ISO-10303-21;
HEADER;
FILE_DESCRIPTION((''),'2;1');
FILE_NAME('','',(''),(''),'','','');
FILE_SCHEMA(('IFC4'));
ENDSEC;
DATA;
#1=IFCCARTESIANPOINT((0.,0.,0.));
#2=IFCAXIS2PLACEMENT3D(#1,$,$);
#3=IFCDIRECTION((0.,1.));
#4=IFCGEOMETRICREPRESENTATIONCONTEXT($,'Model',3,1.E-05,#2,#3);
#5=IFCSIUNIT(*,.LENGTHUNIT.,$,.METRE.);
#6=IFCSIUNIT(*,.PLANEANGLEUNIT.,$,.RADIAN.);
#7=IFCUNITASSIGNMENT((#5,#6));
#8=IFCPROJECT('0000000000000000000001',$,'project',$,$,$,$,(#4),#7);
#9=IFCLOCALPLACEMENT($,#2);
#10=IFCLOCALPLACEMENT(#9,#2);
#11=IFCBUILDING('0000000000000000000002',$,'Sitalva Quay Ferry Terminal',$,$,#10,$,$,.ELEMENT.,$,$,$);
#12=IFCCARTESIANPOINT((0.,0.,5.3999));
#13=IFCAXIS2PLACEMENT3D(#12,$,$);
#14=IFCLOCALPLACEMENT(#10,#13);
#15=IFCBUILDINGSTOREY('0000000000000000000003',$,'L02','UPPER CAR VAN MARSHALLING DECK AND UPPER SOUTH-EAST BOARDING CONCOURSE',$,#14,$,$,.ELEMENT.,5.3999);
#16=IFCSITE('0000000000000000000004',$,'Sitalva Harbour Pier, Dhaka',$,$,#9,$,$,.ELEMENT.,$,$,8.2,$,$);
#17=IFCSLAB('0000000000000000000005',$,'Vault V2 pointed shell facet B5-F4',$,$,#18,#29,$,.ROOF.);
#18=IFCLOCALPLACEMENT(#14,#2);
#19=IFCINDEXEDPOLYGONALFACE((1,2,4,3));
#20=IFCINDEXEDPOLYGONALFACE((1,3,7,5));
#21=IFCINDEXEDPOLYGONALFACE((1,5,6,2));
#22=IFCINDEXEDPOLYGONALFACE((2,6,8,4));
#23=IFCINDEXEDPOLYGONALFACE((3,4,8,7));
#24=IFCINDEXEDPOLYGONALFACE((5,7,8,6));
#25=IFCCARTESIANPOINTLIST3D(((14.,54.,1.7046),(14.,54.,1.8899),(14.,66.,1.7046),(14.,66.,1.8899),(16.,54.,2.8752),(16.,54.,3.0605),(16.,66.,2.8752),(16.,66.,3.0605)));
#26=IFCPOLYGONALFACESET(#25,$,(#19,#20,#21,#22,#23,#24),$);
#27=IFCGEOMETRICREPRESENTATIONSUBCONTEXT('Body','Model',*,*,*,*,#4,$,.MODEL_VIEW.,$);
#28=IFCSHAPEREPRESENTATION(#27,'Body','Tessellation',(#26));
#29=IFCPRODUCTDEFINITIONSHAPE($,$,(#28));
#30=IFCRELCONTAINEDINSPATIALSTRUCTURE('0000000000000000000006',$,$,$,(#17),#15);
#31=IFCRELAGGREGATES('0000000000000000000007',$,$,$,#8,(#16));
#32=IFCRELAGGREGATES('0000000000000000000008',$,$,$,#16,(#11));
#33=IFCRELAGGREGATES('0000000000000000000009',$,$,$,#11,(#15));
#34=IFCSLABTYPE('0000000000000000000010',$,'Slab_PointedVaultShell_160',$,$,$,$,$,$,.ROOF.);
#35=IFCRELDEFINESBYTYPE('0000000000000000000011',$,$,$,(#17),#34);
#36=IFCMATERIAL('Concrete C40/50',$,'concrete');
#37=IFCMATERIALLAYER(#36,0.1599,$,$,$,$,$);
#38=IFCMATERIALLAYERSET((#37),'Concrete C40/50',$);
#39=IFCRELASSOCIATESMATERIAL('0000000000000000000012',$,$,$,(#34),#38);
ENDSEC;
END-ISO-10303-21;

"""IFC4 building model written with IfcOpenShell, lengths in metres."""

from ifc_helpers import new_model, si_unit, direction, frame, origin, place, context, subcontext, project, spatial, polyline, outline, extrude, material, layer, layer_set, type_object, element, save


model = new_model("IFC4")

# Units and contexts
model_context = context("Model", 3, precision=1e-05, world=origin(), true_north=direction((0.0, 1.0)))
body_context = subcontext(model_context, "Body", "Model", "MODEL_VIEW")
ifc_project = project(units=[si_unit("LENGTHUNIT", "METRE"), si_unit("PLANEANGLEUNIT", "RADIAN")], contexts=[model_context])

# Site, building, storey
site_placement = place(None, origin())
site = spatial("IfcSite", under=ifc_project, at=site_placement, Name="Sitalva Harbour Pier, Dhaka", CompositionType="ELEMENT", RefElevation=8.2)
building_placement = place(site_placement, origin())
building = spatial("IfcBuilding", under=site, at=building_placement, Name="Sitalva Quay Ferry Terminal", CompositionType="ELEMENT")
storey_placement = place(building_placement, frame((0.0, 0.0, 5.3999)))
storey = spatial("IfcBuildingStorey", under=building, at=storey_placement, Name="L02", Description="UPPER CAR VAN MARSHALLING DECK AND UPPER SOUTH-EAST BOARDING CONCOURSE", CompositionType="ELEMENT", Elevation=5.3999)

# Slab
ifc_material_1 = material(Name="Concrete C40/50", Category="concrete")
ifc_layer_1 = layer(ifc_material_1, 0.1599)
ifc_layer_set_1 = layer_set([ifc_layer_1], Name="Concrete C40/50")
slab_type = type_object("IfcSlabType", Name="Slab_PointedVaultShell_160", PredefinedType="ROOF", material=ifc_layer_set_1)
slab_1_placement = place(storey_placement, frame((14.0, 54.0, 1.8899), z_axis=(-0.505154, 0.0, 0.863029), x_axis=(0.863029, 0.0, 0.505154)))
element("IfcSlab", 1, at=slab_1_placement, inside=storey, type_object=slab_type, Name="Vault V2 pointed shell facet B5-F4", PredefinedType="ROOF", context=body_context, shape_type="SweptSolid", body=[
    extrude(outline(polyline([(0.0, 0.0), (2.3174, 0.0), (2.3174, 12.0), (0.0, 12.0), (0.0, 0.0)])), origin(), (-0.505154, 0.0, -0.863029), 0.1853),
])

save(model, "model.ifc")
